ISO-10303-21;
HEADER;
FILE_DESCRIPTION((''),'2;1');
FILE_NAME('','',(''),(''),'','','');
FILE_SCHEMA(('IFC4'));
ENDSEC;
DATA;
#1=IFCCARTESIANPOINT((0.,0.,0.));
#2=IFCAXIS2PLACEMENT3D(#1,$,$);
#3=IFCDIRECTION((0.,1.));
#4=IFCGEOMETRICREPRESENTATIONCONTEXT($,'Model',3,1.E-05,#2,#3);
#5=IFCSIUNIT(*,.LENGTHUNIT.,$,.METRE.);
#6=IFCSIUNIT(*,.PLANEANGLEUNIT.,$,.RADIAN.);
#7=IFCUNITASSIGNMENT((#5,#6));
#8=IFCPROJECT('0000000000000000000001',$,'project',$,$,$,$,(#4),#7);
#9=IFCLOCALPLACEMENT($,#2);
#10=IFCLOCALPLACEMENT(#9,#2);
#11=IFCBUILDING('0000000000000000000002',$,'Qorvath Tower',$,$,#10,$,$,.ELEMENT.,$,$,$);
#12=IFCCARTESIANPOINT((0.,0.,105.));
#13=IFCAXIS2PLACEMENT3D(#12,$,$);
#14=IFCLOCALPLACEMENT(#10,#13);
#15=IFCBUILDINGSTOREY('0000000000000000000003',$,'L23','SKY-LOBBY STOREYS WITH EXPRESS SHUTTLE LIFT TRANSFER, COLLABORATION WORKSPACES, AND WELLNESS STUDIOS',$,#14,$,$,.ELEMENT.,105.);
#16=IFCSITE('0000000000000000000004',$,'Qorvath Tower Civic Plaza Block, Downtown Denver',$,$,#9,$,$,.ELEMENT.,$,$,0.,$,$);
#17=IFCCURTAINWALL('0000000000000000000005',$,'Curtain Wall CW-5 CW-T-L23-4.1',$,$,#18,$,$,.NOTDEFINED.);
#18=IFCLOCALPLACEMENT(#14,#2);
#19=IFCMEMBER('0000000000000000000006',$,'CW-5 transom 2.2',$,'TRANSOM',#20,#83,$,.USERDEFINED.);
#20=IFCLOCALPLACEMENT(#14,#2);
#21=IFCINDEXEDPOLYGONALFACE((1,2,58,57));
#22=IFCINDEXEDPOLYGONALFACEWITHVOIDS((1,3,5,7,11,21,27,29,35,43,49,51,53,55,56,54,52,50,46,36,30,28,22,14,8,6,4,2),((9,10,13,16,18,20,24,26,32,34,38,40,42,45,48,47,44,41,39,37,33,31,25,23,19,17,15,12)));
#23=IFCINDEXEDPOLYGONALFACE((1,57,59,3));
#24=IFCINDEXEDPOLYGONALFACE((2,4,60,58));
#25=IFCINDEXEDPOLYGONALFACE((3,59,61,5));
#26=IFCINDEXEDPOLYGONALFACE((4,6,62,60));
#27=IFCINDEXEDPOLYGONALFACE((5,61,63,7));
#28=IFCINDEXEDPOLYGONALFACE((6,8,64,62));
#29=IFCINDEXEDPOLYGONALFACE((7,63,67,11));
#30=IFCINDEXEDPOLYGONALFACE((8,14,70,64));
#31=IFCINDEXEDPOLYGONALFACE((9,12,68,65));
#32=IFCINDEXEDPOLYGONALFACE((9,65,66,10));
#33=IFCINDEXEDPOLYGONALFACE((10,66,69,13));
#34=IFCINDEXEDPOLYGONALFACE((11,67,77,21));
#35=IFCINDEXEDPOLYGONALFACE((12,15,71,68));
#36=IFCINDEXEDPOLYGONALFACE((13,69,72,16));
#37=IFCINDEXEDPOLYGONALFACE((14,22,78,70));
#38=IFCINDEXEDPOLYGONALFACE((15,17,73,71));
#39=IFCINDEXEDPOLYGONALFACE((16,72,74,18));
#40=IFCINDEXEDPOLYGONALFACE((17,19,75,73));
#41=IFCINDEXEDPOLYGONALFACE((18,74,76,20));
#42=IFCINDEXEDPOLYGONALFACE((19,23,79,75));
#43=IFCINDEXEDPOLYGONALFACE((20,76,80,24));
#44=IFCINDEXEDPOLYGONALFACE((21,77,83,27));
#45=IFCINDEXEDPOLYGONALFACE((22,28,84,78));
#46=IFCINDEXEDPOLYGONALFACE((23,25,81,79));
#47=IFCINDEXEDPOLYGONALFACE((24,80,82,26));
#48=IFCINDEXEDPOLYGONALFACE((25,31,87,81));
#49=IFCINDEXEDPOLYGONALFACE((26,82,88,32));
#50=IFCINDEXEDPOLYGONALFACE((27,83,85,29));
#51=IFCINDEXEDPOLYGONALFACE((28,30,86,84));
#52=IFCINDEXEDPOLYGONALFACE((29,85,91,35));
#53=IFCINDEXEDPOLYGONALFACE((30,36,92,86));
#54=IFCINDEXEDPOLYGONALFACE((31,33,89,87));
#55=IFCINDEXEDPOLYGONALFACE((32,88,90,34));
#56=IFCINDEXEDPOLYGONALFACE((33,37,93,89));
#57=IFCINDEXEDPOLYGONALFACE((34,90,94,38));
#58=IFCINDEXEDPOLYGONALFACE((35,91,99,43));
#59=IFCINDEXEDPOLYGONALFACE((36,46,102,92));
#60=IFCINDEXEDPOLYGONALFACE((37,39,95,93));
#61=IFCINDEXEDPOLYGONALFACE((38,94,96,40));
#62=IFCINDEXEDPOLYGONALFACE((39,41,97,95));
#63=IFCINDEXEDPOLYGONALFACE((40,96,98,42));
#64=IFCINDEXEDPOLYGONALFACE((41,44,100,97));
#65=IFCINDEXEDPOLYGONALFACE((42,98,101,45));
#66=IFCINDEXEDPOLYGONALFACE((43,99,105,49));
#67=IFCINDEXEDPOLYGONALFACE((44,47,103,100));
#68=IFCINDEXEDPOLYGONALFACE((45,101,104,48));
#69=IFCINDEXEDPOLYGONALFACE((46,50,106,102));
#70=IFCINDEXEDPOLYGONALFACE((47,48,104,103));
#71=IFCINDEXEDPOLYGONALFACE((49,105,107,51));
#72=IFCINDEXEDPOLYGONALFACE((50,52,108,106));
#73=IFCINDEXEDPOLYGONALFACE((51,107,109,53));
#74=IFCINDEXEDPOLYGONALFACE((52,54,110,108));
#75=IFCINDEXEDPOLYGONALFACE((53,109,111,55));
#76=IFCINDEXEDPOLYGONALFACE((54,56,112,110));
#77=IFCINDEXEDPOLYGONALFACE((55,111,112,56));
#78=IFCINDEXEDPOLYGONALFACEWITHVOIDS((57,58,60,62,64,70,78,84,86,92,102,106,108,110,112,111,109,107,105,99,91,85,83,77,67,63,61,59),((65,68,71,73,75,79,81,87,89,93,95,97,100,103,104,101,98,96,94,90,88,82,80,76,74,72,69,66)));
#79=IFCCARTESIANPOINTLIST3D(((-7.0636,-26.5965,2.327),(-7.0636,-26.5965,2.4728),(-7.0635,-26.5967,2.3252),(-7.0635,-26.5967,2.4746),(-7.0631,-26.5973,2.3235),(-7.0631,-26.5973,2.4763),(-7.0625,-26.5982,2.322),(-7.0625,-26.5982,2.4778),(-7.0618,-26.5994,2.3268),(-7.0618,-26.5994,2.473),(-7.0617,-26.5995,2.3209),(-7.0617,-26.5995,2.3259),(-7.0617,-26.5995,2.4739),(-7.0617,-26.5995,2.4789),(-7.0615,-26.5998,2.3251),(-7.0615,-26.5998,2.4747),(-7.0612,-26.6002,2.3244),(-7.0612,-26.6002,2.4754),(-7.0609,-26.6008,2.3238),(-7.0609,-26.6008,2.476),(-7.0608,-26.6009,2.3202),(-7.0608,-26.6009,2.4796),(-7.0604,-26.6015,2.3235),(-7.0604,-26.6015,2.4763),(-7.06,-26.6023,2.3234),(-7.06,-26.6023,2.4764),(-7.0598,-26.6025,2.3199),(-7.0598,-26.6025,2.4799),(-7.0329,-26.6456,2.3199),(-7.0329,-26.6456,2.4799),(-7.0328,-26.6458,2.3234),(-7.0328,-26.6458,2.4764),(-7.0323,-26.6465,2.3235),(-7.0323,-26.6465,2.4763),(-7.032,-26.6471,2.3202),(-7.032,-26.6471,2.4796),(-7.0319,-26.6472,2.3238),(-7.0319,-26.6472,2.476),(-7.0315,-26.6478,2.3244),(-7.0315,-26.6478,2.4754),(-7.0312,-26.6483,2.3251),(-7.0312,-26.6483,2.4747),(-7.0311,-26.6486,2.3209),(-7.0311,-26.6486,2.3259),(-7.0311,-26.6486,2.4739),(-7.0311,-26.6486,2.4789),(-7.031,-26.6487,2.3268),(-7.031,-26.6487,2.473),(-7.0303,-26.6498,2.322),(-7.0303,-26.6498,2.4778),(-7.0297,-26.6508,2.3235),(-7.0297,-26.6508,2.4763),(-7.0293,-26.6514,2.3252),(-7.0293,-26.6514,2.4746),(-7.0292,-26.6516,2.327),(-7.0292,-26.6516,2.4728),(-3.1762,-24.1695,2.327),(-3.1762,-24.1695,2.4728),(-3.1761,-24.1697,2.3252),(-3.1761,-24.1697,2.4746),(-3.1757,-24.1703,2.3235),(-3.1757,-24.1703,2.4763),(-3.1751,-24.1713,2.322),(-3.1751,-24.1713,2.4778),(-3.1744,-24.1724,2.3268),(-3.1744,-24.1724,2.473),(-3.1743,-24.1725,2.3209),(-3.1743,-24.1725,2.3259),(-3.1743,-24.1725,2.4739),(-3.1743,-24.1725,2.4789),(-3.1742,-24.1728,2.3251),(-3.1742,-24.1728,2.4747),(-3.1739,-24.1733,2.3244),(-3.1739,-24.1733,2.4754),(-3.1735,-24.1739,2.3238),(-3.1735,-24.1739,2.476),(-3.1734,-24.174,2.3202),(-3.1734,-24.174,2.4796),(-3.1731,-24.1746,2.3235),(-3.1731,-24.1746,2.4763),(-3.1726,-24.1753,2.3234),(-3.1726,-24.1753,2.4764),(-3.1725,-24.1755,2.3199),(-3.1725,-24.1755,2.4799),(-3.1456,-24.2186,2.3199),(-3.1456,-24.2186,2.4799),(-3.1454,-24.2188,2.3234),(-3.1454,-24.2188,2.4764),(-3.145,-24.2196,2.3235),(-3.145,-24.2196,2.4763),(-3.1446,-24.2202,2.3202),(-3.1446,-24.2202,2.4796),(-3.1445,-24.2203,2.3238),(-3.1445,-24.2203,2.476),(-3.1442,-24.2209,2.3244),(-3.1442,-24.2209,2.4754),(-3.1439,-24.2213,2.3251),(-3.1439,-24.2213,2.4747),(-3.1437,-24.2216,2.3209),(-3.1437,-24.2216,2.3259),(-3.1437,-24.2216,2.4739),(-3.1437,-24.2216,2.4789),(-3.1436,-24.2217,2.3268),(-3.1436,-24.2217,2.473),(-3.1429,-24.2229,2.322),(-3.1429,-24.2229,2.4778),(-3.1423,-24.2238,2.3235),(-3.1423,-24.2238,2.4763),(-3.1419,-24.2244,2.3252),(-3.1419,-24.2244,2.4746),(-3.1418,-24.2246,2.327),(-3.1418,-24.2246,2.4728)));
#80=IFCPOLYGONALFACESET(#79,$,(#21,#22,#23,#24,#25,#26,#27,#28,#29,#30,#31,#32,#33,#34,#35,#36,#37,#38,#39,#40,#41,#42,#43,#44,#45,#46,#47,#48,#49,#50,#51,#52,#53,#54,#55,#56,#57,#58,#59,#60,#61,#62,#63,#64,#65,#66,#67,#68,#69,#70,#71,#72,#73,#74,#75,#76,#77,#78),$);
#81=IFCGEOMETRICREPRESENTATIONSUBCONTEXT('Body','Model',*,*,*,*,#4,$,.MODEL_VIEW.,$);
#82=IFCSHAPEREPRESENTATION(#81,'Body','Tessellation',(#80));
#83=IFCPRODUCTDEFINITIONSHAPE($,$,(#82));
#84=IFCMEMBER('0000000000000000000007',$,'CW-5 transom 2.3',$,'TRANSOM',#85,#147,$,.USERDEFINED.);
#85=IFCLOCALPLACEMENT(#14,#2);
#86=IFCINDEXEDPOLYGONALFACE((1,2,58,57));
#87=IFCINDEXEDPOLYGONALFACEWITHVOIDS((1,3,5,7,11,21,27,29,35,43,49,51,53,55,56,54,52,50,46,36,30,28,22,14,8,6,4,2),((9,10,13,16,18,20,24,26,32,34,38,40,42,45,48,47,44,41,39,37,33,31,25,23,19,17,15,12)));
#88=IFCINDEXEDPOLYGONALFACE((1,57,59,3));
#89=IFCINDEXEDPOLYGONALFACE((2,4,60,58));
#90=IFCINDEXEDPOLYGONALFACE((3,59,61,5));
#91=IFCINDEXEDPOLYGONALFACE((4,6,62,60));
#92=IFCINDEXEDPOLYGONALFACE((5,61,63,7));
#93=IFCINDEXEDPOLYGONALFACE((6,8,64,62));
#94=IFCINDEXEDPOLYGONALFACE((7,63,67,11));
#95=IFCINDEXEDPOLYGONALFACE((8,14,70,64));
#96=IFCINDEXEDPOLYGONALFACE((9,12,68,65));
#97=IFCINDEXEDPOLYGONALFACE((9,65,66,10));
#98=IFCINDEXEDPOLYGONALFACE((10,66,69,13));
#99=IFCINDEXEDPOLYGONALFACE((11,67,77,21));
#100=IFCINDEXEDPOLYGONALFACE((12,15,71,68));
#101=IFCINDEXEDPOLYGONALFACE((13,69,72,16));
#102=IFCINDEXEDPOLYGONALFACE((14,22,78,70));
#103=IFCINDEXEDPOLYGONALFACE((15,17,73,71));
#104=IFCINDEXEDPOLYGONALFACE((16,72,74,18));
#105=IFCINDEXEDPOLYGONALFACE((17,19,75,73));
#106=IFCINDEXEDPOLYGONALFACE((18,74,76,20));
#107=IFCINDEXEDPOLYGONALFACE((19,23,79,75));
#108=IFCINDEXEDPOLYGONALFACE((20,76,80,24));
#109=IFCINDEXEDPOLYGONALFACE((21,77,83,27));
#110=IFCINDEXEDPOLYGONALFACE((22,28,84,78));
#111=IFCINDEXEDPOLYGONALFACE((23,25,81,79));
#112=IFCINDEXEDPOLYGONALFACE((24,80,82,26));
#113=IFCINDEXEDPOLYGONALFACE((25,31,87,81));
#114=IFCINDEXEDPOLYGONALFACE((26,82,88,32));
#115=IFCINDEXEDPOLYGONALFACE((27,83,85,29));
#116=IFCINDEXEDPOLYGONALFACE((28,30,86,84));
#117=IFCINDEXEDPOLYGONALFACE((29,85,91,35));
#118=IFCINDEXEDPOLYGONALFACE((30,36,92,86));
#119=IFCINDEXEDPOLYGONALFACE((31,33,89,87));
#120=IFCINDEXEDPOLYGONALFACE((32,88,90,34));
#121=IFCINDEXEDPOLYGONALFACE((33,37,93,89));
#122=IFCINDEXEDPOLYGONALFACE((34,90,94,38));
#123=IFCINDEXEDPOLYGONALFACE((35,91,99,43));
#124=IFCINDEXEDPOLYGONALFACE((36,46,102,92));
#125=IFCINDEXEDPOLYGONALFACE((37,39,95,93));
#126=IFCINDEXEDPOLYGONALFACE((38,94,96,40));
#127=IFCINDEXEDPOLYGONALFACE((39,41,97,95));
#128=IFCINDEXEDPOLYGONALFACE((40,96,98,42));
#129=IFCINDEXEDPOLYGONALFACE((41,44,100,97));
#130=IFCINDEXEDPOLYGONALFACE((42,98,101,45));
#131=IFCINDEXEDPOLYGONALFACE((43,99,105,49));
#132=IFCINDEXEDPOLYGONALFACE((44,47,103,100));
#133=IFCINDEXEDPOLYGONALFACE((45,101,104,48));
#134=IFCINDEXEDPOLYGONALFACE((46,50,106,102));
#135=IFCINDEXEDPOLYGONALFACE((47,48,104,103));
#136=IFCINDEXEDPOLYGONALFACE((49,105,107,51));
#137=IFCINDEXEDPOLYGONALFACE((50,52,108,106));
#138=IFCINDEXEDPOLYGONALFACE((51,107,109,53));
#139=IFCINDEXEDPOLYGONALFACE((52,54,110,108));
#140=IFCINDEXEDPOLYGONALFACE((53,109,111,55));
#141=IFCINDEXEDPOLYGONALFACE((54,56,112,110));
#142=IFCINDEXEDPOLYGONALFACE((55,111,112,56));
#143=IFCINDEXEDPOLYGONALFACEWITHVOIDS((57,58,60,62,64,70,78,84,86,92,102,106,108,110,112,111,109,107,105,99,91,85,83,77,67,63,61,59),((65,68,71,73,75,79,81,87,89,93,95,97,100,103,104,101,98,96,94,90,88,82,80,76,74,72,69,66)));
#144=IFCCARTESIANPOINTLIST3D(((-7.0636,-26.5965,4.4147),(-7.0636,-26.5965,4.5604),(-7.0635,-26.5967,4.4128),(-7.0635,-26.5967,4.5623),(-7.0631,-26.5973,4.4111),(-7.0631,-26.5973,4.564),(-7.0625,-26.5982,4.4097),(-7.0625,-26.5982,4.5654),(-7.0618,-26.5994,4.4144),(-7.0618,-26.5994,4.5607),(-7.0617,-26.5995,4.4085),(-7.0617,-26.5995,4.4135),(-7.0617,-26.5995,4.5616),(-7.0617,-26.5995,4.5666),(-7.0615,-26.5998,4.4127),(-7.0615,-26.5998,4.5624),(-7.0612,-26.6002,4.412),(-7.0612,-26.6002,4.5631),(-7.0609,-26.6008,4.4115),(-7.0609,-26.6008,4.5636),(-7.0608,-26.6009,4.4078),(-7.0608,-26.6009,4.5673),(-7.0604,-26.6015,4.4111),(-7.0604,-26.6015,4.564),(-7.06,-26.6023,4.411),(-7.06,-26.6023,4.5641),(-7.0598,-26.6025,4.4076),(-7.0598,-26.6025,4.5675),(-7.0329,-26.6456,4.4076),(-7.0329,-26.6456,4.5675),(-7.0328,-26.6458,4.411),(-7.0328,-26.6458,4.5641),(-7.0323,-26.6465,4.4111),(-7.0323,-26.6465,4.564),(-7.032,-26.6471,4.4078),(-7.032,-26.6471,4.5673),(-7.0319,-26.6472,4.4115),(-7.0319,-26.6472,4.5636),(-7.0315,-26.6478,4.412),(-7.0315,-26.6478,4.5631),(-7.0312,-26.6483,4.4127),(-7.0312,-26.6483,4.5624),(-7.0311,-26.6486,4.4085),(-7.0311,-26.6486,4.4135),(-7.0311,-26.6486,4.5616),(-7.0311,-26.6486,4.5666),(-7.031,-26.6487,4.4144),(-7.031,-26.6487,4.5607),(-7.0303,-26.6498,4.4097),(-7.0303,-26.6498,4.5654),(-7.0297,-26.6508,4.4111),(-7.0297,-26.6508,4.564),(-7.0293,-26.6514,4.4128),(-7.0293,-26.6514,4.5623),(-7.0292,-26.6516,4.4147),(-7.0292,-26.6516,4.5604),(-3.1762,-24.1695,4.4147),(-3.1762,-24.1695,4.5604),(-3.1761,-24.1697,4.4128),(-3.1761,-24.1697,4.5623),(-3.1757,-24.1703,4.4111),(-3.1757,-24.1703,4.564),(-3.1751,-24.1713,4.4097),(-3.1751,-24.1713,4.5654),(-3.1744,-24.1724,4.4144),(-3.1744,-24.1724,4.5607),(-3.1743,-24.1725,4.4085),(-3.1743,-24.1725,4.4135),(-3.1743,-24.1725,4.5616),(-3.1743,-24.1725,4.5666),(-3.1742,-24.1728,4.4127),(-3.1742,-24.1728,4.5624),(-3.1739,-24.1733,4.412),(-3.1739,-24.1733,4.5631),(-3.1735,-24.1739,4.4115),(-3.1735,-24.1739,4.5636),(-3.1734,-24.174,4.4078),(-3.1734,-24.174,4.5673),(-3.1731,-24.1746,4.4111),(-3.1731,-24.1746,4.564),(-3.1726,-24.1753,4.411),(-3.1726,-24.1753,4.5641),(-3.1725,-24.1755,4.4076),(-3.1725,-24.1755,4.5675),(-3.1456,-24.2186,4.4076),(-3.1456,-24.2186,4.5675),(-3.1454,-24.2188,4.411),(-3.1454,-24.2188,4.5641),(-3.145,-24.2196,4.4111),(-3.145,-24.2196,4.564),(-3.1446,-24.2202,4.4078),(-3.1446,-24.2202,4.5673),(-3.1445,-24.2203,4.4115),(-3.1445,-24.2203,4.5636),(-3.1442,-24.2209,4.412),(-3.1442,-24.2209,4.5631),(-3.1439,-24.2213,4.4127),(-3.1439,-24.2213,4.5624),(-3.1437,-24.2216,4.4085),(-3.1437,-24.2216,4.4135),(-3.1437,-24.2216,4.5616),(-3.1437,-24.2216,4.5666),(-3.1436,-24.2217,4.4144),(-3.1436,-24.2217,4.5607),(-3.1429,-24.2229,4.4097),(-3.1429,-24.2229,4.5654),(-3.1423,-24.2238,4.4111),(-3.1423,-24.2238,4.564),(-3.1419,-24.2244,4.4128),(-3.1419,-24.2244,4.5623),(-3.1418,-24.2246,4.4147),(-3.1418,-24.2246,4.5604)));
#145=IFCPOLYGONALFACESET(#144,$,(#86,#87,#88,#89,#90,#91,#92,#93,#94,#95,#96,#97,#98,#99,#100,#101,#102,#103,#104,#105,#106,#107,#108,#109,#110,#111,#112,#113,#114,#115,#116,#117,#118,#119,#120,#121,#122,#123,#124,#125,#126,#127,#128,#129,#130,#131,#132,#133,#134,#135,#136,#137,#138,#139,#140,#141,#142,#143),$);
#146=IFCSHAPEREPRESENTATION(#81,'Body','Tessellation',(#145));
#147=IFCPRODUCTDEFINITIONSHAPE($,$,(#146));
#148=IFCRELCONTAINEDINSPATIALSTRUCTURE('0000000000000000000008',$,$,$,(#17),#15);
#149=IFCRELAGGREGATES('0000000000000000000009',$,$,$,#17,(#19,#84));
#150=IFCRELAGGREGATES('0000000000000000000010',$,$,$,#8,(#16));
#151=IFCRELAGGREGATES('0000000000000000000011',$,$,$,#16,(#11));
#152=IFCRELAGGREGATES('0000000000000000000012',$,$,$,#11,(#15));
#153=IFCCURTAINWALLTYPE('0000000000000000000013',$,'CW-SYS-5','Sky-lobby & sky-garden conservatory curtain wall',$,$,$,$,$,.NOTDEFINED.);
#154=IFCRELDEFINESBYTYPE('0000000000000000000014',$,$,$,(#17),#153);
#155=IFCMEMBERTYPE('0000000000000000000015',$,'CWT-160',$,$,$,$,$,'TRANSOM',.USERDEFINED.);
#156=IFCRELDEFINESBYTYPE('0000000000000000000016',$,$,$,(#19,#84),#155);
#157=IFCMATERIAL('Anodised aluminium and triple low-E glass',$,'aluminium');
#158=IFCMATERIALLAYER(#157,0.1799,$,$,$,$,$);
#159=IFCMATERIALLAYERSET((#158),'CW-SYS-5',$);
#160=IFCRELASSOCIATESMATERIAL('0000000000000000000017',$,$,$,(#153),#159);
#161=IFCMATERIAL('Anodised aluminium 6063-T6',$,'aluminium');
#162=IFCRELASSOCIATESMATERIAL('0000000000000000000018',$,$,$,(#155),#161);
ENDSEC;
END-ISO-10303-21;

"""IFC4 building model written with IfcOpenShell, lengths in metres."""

from ifc_helpers import new_model, si_unit, direction, frame, origin, origin_2d, place, context, subcontext, project, spatial, hollow_rectangle, extrude, material, layer, layer_set, material_profile, profile_set, type_object, element, aggregate, save


model = new_model("IFC4")

# Units and contexts
model_context = context("Model", 3, precision=1e-05, world=origin(), true_north=direction((0.0, 1.0)))
body_context = subcontext(model_context, "Body", "Model", "MODEL_VIEW")
ifc_project = project(units=[si_unit("LENGTHUNIT", "METRE"), si_unit("PLANEANGLEUNIT", "RADIAN")], contexts=[model_context])

# Site, building, storey
site_placement = place(None, origin())
site = spatial("IfcSite", under=ifc_project, at=site_placement, Name="Qorvath Tower Civic Plaza Block, Downtown Denver", CompositionType="ELEMENT", RefElevation=0.0)
building_placement = place(site_placement, origin())
building = spatial("IfcBuilding", under=site, at=building_placement, Name="Qorvath Tower", CompositionType="ELEMENT")
storey_placement = place(building_placement, frame((0.0, 0.0, 105.0)))
storey = spatial("IfcBuildingStorey", under=building, at=storey_placement, Name="L23", Description="SKY-LOBBY STOREYS WITH EXPRESS SHUTTLE LIFT TRANSFER, COLLABORATION WORKSPACES, AND WELLNESS STUDIOS", CompositionType="ELEMENT", Elevation=105.0)

# Shared definitions
ifc_material_1 = material(Name="Anodised aluminium and triple low-E glass", Category="aluminium")
ifc_layer_1 = layer(ifc_material_1, 0.1799)
ifc_layer_set_1 = layer_set([ifc_layer_1], Name="CW-SYS-5")
curtain_wall_type = type_object("IfcCurtainWallType", Name="CW-SYS-5", Description="Sky-lobby & sky-garden conservatory curtain wall", PredefinedType="NOTDEFINED", material=ifc_layer_set_1)

# Curtain wall
curtain_wall_1_placement = place(storey_placement, origin())
curtain_wall_1 = element("IfcCurtainWall", 1, at=curtain_wall_1_placement, inside=storey, type_object=curtain_wall_type, Name="Curtain Wall CW-5 CW-T-L23-4.1", PredefinedType="NOTDEFINED")

# Members
ifc_material_2 = material(Name="Anodised aluminium 6063-T6", Category="aluminium")
ifc_material_profile_1 = material_profile(ifc_material_2, hollow_rectangle(XDim=0.0649, YDim=0.1599, WallThickness=0.0034, InnerFilletRadius=0.0034, OuterFilletRadius=0.0071, at=origin_2d()), Name="CWT 160x65")
ifc_profile_set_1 = profile_set([ifc_material_profile_1], Name="Anodised aluminium 6063-T6")
member_type_1 = type_object("IfcMemberType", Name="CWT-160", ElementType="TRANSOM", PredefinedType="USERDEFINED", material=ifc_profile_set_1)
member_1_placement = place(storey_placement, frame((-7.0464, -26.624, 2.3999), z_axis=(0.848259, 0.529582, 0.0), x_axis=(-0.529582, 0.848259, 0.0)))
member_1 = element("IfcMember", 2, at=member_1_placement, type_object=member_type_1, Name="CW-5 transom 2.2", ObjectType="TRANSOM", PredefinedType="USERDEFINED", context=body_context, shape_type="SweptSolid", body=[
    extrude(hollow_rectangle(XDim=0.0649, YDim=0.1599, WallThickness=0.0034, InnerFilletRadius=0.0034, OuterFilletRadius=0.0071, at=origin_2d()), origin(), (0.0, 0.0, 1.0), 4.5828),
])
member_2_placement = place(storey_placement, frame((-7.0464, -26.624, 4.4875), z_axis=(0.848259, 0.529582, 0.0), x_axis=(-0.529582, 0.848259, 0.0)))
member_2 = element("IfcMember", 3, at=member_2_placement, type_object=member_type_1, Name="CW-5 transom 2.3", ObjectType="TRANSOM", PredefinedType="USERDEFINED", context=body_context, shape_type="SweptSolid", body=[
    extrude(hollow_rectangle(XDim=0.0649, YDim=0.1599, WallThickness=0.0034, InnerFilletRadius=0.0034, OuterFilletRadius=0.0071, at=origin_2d()), origin(), (0.0, 0.0, 1.0), 4.5828),
])

aggregate(curtain_wall_1, [member_1, member_2])

save(model, "model.ifc")
